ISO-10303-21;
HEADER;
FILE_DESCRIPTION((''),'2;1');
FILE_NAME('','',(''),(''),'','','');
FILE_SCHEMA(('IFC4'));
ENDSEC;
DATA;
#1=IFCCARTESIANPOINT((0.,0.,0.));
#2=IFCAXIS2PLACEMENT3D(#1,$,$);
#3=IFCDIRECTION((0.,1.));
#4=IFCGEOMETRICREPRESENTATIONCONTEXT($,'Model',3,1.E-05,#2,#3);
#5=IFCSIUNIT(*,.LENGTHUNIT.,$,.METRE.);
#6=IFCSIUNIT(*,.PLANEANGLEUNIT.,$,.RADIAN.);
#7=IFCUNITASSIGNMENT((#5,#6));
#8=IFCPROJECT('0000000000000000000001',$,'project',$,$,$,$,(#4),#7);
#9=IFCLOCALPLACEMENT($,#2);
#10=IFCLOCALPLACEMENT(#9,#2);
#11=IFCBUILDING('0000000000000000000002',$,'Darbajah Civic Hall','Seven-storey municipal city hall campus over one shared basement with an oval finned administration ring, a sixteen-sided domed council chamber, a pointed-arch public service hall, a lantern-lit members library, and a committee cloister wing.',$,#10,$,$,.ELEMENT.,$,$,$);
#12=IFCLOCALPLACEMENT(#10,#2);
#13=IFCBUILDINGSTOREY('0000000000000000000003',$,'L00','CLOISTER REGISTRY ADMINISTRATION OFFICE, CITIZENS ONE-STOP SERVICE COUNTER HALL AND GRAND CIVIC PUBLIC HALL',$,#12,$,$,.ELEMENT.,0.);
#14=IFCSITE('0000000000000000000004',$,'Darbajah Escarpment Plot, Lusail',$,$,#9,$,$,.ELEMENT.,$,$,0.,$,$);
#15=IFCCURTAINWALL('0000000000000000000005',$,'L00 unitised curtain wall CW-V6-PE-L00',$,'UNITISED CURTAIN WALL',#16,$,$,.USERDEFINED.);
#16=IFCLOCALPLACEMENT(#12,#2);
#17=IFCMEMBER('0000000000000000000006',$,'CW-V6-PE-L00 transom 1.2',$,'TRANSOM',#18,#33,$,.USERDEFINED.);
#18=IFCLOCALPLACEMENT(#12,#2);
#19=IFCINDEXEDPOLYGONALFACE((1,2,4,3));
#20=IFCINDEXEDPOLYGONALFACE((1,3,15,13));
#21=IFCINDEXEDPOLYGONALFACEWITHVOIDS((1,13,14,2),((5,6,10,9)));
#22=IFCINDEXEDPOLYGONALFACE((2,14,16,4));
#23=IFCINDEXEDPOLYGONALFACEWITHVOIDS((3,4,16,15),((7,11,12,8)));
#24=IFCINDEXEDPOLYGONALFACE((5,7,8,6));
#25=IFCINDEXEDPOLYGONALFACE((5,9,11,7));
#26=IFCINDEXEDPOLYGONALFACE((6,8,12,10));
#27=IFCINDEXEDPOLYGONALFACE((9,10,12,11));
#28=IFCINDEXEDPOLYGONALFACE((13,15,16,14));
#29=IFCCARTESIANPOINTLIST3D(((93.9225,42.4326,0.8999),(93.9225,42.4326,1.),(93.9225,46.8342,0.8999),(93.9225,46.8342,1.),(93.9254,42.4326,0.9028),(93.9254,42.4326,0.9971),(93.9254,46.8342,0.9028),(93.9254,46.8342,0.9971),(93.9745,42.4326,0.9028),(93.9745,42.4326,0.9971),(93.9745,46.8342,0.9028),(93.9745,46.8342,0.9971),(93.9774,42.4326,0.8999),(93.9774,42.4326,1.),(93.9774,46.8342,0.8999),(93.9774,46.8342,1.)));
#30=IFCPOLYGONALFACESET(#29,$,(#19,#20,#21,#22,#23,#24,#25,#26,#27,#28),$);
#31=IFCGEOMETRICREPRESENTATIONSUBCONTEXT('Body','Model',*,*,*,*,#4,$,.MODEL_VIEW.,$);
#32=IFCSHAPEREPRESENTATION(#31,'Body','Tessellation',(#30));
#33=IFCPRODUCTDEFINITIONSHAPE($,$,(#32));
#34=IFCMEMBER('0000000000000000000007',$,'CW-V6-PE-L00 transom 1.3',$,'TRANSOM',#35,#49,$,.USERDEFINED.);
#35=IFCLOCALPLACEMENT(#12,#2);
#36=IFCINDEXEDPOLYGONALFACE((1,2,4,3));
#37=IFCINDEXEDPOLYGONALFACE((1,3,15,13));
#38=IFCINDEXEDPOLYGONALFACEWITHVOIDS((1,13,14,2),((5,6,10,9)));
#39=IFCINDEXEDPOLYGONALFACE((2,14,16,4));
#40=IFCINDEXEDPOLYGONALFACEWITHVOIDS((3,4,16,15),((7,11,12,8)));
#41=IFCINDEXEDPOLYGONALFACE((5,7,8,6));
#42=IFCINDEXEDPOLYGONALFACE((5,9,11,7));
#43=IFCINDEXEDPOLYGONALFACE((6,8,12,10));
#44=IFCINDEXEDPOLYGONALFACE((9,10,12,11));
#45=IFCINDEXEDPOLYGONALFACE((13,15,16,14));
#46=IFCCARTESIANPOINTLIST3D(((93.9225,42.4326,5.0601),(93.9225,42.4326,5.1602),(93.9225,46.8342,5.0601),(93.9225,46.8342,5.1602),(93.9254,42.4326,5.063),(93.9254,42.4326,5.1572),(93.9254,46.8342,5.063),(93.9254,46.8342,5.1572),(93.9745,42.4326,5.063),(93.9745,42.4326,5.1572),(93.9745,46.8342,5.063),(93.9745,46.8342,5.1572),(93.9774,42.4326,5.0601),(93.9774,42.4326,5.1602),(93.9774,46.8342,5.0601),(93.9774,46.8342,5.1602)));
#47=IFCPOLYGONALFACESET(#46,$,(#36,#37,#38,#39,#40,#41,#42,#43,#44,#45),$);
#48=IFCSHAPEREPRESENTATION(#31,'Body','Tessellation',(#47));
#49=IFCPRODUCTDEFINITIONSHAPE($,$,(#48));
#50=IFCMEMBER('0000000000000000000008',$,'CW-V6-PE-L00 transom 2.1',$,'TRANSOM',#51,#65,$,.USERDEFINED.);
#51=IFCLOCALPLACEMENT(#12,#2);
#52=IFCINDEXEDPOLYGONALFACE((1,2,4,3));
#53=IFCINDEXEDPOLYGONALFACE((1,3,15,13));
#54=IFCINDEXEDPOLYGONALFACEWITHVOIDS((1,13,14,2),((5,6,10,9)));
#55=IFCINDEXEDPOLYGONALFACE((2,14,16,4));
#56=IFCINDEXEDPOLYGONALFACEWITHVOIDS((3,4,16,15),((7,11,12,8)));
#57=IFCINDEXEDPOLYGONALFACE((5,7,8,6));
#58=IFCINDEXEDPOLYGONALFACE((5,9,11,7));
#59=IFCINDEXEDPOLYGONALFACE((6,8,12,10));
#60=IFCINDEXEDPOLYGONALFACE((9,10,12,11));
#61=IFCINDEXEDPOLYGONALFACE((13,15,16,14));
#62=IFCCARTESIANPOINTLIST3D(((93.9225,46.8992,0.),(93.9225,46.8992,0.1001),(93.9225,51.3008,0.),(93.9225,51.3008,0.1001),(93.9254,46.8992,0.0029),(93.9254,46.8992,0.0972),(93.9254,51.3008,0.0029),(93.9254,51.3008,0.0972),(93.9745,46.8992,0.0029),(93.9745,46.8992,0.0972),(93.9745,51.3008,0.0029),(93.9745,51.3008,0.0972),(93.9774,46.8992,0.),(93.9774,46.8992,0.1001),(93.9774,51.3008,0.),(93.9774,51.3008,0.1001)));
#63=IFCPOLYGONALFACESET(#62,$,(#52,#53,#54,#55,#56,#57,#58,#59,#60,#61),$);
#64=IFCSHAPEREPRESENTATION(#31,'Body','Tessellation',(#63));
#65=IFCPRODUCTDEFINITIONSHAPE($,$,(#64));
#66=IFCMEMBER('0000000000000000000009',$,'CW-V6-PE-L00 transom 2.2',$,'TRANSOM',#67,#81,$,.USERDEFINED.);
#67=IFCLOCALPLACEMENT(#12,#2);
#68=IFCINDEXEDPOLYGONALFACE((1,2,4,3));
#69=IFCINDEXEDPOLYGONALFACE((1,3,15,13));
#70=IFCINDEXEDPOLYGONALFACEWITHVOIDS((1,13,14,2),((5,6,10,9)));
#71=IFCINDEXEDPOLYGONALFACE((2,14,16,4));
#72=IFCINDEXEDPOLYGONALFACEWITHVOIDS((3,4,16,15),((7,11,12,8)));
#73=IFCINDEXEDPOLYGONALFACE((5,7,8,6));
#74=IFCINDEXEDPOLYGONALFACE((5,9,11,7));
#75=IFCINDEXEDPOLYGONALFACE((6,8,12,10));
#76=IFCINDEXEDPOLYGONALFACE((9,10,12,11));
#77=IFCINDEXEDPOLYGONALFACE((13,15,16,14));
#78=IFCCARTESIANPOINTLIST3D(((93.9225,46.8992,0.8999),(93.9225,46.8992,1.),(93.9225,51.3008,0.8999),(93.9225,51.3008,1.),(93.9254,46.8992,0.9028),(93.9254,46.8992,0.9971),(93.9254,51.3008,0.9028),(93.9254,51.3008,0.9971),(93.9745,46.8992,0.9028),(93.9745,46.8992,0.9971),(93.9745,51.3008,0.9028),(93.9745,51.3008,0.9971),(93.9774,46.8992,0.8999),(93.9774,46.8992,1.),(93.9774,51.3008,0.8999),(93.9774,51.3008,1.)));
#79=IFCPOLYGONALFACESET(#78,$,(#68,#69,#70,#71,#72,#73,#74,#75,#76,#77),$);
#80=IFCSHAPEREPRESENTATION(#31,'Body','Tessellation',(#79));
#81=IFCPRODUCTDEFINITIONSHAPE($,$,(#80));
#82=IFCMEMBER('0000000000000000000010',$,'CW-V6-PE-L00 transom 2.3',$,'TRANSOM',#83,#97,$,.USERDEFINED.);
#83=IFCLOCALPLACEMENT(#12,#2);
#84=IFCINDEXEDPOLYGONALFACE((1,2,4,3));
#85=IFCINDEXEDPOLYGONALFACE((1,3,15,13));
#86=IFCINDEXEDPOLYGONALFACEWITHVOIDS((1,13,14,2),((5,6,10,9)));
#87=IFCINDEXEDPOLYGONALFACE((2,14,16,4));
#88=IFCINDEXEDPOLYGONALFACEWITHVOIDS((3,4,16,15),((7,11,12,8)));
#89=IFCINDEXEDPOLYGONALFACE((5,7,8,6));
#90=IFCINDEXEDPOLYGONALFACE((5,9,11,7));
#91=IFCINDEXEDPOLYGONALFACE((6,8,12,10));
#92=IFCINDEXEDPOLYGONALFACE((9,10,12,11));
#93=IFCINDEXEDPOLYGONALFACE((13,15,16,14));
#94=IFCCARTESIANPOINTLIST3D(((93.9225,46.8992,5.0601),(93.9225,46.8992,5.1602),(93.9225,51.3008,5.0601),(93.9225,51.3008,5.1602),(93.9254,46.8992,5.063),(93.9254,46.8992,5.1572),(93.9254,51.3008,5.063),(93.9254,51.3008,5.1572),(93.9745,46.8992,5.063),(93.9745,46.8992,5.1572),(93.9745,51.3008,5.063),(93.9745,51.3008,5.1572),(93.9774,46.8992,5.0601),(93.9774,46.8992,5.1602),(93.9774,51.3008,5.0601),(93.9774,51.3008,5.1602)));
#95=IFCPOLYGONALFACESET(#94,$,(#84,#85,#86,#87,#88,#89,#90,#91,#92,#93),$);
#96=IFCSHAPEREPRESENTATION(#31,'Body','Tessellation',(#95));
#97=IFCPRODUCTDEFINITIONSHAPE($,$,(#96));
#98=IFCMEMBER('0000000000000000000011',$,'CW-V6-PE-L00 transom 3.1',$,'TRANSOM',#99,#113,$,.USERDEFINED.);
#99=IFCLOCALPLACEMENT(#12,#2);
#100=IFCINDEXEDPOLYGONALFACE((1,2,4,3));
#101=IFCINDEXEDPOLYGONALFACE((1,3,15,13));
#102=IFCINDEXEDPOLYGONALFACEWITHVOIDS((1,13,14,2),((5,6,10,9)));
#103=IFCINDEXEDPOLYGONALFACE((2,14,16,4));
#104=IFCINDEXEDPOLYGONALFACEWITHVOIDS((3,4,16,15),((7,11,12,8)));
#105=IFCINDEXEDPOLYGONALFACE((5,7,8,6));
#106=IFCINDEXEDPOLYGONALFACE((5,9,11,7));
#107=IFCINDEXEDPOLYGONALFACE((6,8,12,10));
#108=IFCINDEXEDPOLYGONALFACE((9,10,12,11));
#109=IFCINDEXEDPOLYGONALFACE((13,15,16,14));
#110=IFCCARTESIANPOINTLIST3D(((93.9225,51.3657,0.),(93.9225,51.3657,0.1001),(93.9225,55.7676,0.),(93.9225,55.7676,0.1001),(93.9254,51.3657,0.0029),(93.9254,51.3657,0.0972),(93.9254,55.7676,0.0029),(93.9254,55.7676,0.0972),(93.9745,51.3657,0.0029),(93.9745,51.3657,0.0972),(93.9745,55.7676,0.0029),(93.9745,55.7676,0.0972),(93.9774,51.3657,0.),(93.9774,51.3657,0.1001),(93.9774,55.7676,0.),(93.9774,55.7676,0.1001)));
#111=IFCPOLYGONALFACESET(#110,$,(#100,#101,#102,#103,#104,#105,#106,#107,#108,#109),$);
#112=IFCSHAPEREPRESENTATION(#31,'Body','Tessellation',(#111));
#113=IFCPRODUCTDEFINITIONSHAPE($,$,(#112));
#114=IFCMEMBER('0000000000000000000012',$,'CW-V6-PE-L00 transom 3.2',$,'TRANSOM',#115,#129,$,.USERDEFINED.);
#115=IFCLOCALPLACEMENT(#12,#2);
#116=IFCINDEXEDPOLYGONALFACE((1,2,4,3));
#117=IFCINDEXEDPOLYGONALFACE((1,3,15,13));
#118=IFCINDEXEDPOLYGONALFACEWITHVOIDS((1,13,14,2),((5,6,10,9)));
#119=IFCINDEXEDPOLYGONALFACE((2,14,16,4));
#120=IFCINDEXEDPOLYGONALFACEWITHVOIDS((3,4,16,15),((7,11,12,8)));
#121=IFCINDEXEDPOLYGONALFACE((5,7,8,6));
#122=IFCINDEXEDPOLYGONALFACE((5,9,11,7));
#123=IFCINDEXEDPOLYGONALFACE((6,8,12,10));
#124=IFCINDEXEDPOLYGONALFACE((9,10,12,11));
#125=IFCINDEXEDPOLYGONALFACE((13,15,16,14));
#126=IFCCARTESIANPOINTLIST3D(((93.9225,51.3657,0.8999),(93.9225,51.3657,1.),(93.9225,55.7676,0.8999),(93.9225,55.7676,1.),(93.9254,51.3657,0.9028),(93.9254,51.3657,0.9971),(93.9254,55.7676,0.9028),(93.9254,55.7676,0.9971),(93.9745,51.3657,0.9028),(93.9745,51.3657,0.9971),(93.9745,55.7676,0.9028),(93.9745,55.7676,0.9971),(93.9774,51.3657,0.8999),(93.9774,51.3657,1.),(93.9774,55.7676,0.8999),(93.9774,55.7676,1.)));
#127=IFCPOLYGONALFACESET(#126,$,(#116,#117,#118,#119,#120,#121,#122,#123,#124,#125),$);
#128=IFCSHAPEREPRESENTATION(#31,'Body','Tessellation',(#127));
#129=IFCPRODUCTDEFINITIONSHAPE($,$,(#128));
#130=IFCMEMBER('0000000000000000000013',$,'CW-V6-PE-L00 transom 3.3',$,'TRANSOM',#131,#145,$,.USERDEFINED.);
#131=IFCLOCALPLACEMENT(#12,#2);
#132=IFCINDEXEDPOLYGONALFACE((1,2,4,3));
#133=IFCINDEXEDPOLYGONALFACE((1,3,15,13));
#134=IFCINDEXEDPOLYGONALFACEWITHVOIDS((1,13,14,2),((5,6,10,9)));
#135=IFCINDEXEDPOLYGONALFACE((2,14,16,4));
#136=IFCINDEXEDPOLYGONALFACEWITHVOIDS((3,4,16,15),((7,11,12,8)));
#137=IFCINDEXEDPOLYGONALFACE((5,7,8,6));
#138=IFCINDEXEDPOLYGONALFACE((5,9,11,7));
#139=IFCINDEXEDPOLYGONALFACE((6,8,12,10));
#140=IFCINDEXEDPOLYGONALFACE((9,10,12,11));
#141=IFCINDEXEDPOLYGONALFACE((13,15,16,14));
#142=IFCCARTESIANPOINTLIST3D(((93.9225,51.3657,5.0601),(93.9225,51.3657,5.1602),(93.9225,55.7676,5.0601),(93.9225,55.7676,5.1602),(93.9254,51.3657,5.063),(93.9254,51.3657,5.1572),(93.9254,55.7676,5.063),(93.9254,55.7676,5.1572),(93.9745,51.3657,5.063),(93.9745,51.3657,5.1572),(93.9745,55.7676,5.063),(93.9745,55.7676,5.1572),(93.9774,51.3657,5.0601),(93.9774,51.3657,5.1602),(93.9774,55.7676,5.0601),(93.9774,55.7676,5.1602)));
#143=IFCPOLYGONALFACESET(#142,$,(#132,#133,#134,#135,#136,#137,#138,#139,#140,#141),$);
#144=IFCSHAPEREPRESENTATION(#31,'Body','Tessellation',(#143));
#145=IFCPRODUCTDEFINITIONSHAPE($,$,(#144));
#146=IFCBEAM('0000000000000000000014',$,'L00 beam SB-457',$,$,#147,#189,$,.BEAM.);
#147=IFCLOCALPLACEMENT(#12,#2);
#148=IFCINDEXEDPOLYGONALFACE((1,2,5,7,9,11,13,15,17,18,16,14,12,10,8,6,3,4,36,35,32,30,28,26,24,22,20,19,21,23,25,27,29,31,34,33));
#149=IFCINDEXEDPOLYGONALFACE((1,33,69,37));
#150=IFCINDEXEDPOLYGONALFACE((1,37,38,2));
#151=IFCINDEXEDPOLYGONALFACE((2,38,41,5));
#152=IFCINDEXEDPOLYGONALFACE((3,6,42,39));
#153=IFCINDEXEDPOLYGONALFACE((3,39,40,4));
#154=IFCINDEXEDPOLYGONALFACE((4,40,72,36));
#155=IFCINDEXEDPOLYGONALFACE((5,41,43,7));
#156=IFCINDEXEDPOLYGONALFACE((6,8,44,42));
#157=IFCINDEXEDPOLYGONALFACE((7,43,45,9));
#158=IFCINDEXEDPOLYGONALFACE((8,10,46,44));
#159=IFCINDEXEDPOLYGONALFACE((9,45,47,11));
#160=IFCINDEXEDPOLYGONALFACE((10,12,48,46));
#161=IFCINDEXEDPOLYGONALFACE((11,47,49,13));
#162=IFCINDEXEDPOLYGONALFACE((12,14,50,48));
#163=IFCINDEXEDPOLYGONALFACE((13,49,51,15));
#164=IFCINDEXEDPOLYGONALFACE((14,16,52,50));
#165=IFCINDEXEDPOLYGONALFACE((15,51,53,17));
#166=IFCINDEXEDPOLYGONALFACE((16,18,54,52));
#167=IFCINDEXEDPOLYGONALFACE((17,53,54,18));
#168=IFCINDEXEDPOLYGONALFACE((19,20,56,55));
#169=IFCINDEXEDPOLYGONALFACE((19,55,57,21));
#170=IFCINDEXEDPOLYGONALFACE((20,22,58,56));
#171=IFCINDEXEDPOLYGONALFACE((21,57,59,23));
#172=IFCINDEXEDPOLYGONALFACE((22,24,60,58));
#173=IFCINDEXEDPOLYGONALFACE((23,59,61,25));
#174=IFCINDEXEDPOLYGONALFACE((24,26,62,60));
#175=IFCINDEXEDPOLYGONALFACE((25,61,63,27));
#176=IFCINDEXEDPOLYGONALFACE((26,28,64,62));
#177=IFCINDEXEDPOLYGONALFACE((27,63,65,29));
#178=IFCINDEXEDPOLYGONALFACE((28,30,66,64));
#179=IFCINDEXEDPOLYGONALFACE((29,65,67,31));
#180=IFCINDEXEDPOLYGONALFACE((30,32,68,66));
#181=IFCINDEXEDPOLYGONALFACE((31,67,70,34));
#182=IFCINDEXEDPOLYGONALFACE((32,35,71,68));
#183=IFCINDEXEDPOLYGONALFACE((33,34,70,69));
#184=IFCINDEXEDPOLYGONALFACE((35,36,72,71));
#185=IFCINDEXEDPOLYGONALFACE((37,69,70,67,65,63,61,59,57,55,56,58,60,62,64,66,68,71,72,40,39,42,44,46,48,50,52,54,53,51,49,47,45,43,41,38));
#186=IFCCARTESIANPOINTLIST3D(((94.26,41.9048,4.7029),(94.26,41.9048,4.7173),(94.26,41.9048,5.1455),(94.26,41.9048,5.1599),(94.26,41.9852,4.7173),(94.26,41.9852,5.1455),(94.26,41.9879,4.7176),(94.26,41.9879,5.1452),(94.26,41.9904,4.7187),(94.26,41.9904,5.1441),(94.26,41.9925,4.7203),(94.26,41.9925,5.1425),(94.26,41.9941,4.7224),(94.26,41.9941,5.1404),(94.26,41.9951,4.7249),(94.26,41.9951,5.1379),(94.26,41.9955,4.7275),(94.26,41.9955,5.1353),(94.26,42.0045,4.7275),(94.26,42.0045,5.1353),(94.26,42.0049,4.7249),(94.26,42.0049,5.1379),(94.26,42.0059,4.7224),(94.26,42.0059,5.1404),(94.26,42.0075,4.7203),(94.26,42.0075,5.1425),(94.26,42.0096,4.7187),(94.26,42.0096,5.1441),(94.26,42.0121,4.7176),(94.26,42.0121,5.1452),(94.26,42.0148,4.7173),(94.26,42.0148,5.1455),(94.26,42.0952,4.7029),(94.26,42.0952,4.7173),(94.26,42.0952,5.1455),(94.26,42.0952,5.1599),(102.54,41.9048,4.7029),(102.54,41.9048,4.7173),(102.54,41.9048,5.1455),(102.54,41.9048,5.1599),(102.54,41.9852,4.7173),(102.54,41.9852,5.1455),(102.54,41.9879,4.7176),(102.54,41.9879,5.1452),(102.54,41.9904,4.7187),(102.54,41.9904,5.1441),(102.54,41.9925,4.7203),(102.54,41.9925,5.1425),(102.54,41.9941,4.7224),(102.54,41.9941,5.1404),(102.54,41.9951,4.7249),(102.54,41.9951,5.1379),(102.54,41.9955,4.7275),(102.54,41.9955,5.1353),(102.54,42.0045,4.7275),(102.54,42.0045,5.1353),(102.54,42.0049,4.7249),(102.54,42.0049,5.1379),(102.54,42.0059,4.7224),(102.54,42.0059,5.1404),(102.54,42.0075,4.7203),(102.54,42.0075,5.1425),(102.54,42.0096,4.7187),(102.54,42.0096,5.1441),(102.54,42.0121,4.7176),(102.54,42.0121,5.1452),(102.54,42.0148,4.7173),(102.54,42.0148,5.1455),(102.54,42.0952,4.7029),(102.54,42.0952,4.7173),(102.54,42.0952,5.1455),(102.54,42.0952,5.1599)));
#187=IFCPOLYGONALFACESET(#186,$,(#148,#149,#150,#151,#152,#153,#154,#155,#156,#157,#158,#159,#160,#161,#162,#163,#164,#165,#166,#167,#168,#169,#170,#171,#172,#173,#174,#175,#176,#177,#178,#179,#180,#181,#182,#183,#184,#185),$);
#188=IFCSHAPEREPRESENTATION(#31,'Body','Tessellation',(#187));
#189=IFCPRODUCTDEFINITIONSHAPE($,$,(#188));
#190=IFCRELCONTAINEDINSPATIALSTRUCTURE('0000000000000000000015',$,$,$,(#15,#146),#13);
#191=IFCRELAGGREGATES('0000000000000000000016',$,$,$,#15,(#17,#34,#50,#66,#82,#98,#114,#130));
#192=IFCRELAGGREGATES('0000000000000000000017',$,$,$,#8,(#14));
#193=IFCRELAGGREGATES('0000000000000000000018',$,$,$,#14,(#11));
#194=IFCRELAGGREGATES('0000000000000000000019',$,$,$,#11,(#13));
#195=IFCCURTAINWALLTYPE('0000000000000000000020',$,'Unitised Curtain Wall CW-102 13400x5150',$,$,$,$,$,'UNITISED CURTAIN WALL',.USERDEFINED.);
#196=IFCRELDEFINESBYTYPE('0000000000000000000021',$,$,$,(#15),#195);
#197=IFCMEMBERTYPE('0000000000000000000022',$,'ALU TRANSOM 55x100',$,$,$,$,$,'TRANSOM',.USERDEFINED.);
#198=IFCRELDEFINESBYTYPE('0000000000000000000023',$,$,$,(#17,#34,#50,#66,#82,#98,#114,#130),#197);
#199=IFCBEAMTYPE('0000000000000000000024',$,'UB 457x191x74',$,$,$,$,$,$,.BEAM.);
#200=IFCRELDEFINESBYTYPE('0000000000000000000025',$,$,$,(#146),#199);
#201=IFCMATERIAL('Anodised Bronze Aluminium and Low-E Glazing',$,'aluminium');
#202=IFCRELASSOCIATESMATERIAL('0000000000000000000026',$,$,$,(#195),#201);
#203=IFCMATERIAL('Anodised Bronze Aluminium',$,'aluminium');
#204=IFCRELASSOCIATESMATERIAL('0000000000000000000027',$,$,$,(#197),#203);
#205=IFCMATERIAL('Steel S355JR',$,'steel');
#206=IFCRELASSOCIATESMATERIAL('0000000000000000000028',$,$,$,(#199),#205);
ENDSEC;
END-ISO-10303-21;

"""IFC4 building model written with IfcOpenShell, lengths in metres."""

from ifc_helpers import new_model, si_unit, direction, frame, origin, origin_2d, place, context, subcontext, project, spatial, hollow_rectangle, i_section, extrude, material, material_profile, profile_set, type_object, element, aggregate, save


model = new_model("IFC4")

# Units and contexts
model_context = context("Model", 3, precision=1e-05, world=origin(), true_north=direction((0.0, 1.0)))
body_context = subcontext(model_context, "Body", "Model", "MODEL_VIEW")
ifc_project = project(units=[si_unit("LENGTHUNIT", "METRE"), si_unit("PLANEANGLEUNIT", "RADIAN")], contexts=[model_context])

# Site, building, storey
site_placement = place(None, origin())
site = spatial("IfcSite", under=ifc_project, at=site_placement, Name="Darbajah Escarpment Plot, Lusail", CompositionType="ELEMENT", RefElevation=0.0)
building_placement = place(site_placement, origin())
building = spatial("IfcBuilding", under=site, at=building_placement, Name="Darbajah Civic Hall", Description="Seven-storey municipal city hall campus over one shared basement with an oval finned administration ring, a sixteen-sided domed council chamber, a pointed-arch public service hall, a lantern-lit members library, and a committee cloister wing.", CompositionType="ELEMENT")
storey_placement = place(building_placement, origin())
storey = spatial("IfcBuildingStorey", under=building, at=storey_placement, Name="L00", Description="CLOISTER REGISTRY ADMINISTRATION OFFICE, CITIZENS ONE-STOP SERVICE COUNTER HALL AND GRAND CIVIC PUBLIC HALL", CompositionType="ELEMENT", Elevation=0.0)

# Shared definitions
ifc_material_1 = material(Name="Steel S355JR", Category="steel")

# Curtain wall
ifc_material_2 = material(Name="Anodised Bronze Aluminium and Low-E Glazing", Category="aluminium")
ifc_material_3 = material(Name="Anodised Bronze Aluminium", Category="aluminium")
curtain_wall_type_1 = type_object("IfcCurtainWallType", Name="Unitised Curtain Wall CW-102 13400x5150", ElementType="UNITISED CURTAIN WALL", PredefinedType="USERDEFINED", material=ifc_material_2)
curtain_wall_1_placement = place(storey_placement, origin())
curtain_wall_1 = element("IfcCurtainWall", 1, at=curtain_wall_1_placement, inside=storey, type_object=curtain_wall_type_1, Name="L00 unitised curtain wall CW-V6-PE-L00", ObjectType="UNITISED CURTAIN WALL", PredefinedType="USERDEFINED")

# Members
ifc_material_profile_1 = material_profile(ifc_material_3, hollow_rectangle(XDim=0.0549, YDim=0.1001, WallThickness=0.0029, at=origin_2d()), Name="ALU TRANSOM 55x100")
ifc_profile_set_1 = profile_set([ifc_material_profile_1], Name="Anodised Bronze Aluminium")
member_type_1 = type_object("IfcMemberType", Name="ALU TRANSOM 55x100", ElementType="TRANSOM", PredefinedType="USERDEFINED", material=ifc_profile_set_1)
member_1_placement = place(storey_placement, frame((93.95, 42.4326, 0.95), z_axis=(0.0, 1.0, 0.0), x_axis=(-1.0, 0.0, 0.0)))
member_1 = element("IfcMember", 2, at=member_1_placement, type_object=member_type_1, Name="CW-V6-PE-L00 transom 1.2", ObjectType="TRANSOM", PredefinedType="USERDEFINED", context=body_context, shape_type="SweptSolid", body=[
    extrude(hollow_rectangle(XDim=0.0549, YDim=0.1001, WallThickness=0.0029, at=origin_2d()), origin(), (0.0, 0.0, 1.0), 4.4016),
])
member_2_placement = place(storey_placement, frame((93.95, 42.4326, 5.1101), z_axis=(0.0, 1.0, 0.0), x_axis=(-1.0, 0.0, 0.0)))
member_2 = element("IfcMember", 3, at=member_2_placement, type_object=member_type_1, Name="CW-V6-PE-L00 transom 1.3", ObjectType="TRANSOM", PredefinedType="USERDEFINED", context=body_context, shape_type="SweptSolid", body=[
    extrude(hollow_rectangle(XDim=0.0549, YDim=0.1001, WallThickness=0.0029, at=origin_2d()), origin(), (0.0, 0.0, 1.0), 4.4016),
])
member_3_placement = place(storey_placement, frame((93.95, 46.8992, 0.05), z_axis=(0.0, 1.0, 0.0), x_axis=(-1.0, 0.0, 0.0)))
member_3 = element("IfcMember", 4, at=member_3_placement, type_object=member_type_1, Name="CW-V6-PE-L00 transom 2.1", ObjectType="TRANSOM", PredefinedType="USERDEFINED", context=body_context, shape_type="SweptSolid", body=[
    extrude(hollow_rectangle(XDim=0.0549, YDim=0.1001, WallThickness=0.0029, at=origin_2d()), origin(), (0.0, 0.0, 1.0), 4.4016),
])
member_4_placement = place(storey_placement, frame((93.95, 46.8992, 0.95), z_axis=(0.0, 1.0, 0.0), x_axis=(-1.0, 0.0, 0.0)))
member_4 = element("IfcMember", 5, at=member_4_placement, type_object=member_type_1, Name="CW-V6-PE-L00 transom 2.2", ObjectType="TRANSOM", PredefinedType="USERDEFINED", context=body_context, shape_type="SweptSolid", body=[
    extrude(hollow_rectangle(XDim=0.0549, YDim=0.1001, WallThickness=0.0029, at=origin_2d()), origin(), (0.0, 0.0, 1.0), 4.4016),
])
member_5_placement = place(storey_placement, frame((93.95, 46.8992, 5.1101), z_axis=(0.0, 1.0, 0.0), x_axis=(-1.0, 0.0, 0.0)))
member_5 = element("IfcMember", 6, at=member_5_placement, type_object=member_type_1, Name="CW-V6-PE-L00 transom 2.3", ObjectType="TRANSOM", PredefinedType="USERDEFINED", context=body_context, shape_type="SweptSolid", body=[
    extrude(hollow_rectangle(XDim=0.0549, YDim=0.1001, WallThickness=0.0029, at=origin_2d()), origin(), (0.0, 0.0, 1.0), 4.4016),
])
member_6_placement = place(storey_placement, frame((93.95, 51.3657, 0.05), z_axis=(0.0, 1.0, 0.0), x_axis=(-1.0, 0.0, 0.0)))
member_6 = element("IfcMember", 7, at=member_6_placement, type_object=member_type_1, Name="CW-V6-PE-L00 transom 3.1", ObjectType="TRANSOM", PredefinedType="USERDEFINED", context=body_context, shape_type="SweptSolid", body=[
    extrude(hollow_rectangle(XDim=0.0549, YDim=0.1001, WallThickness=0.0029, at=origin_2d()), origin(), (0.0, 0.0, 1.0), 4.4019),
])
member_7_placement = place(storey_placement, frame((93.95, 51.3657, 0.95), z_axis=(0.0, 1.0, 0.0), x_axis=(-1.0, 0.0, 0.0)))
member_7 = element("IfcMember", 8, at=member_7_placement, type_object=member_type_1, Name="CW-V6-PE-L00 transom 3.2", ObjectType="TRANSOM", PredefinedType="USERDEFINED", context=body_context, shape_type="SweptSolid", body=[
    extrude(hollow_rectangle(XDim=0.0549, YDim=0.1001, WallThickness=0.0029, at=origin_2d()), origin(), (0.0, 0.0, 1.0), 4.4019),
])
member_8_placement = place(storey_placement, frame((93.95, 51.3657, 5.1101), z_axis=(0.0, 1.0, 0.0), x_axis=(-1.0, 0.0, 0.0)))
member_8 = element("IfcMember", 9, at=member_8_placement, type_object=member_type_1, Name="CW-V6-PE-L00 transom 3.3", ObjectType="TRANSOM", PredefinedType="USERDEFINED", context=body_context, shape_type="SweptSolid", body=[
    extrude(hollow_rectangle(XDim=0.0549, YDim=0.1001, WallThickness=0.0029, at=origin_2d()), origin(), (0.0, 0.0, 1.0), 4.4019),
])

# Beam
ifc_material_profile_2 = material_profile(ifc_material_1, i_section(OverallWidth=0.1904, OverallDepth=0.457, WebThickness=0.009, FlangeThickness=0.0144, FilletRadius=0.0103, at=origin_2d()), Name="UB 457x191x74")
ifc_profile_set_2 = profile_set([ifc_material_profile_2], Name="Steel S355JR")
beam_type = type_object("IfcBeamType", Name="UB 457x191x74", PredefinedType="BEAM", material=ifc_profile_set_2)
beam_1_placement = place(storey_placement, frame((94.26, 42.0, 4.9314), z_axis=(1.0, 0.0, 0.0), x_axis=(0.0, 1.0, 0.0)))
element("IfcBeam", 10, at=beam_1_placement, inside=storey, type_object=beam_type, Name="L00 beam SB-457", PredefinedType="BEAM", context=body_context, shape_type="SweptSolid", body=[
    extrude(i_section(OverallWidth=0.1904, OverallDepth=0.457, WebThickness=0.009, FlangeThickness=0.0144, FilletRadius=0.0103, at=origin_2d()), origin(), (0.0, 0.0, 1.0), 8.28),
])

aggregate(curtain_wall_1, [member_1, member_2, member_3, member_4, member_5, member_6, member_7, member_8])

save(model, "model.ifc")
